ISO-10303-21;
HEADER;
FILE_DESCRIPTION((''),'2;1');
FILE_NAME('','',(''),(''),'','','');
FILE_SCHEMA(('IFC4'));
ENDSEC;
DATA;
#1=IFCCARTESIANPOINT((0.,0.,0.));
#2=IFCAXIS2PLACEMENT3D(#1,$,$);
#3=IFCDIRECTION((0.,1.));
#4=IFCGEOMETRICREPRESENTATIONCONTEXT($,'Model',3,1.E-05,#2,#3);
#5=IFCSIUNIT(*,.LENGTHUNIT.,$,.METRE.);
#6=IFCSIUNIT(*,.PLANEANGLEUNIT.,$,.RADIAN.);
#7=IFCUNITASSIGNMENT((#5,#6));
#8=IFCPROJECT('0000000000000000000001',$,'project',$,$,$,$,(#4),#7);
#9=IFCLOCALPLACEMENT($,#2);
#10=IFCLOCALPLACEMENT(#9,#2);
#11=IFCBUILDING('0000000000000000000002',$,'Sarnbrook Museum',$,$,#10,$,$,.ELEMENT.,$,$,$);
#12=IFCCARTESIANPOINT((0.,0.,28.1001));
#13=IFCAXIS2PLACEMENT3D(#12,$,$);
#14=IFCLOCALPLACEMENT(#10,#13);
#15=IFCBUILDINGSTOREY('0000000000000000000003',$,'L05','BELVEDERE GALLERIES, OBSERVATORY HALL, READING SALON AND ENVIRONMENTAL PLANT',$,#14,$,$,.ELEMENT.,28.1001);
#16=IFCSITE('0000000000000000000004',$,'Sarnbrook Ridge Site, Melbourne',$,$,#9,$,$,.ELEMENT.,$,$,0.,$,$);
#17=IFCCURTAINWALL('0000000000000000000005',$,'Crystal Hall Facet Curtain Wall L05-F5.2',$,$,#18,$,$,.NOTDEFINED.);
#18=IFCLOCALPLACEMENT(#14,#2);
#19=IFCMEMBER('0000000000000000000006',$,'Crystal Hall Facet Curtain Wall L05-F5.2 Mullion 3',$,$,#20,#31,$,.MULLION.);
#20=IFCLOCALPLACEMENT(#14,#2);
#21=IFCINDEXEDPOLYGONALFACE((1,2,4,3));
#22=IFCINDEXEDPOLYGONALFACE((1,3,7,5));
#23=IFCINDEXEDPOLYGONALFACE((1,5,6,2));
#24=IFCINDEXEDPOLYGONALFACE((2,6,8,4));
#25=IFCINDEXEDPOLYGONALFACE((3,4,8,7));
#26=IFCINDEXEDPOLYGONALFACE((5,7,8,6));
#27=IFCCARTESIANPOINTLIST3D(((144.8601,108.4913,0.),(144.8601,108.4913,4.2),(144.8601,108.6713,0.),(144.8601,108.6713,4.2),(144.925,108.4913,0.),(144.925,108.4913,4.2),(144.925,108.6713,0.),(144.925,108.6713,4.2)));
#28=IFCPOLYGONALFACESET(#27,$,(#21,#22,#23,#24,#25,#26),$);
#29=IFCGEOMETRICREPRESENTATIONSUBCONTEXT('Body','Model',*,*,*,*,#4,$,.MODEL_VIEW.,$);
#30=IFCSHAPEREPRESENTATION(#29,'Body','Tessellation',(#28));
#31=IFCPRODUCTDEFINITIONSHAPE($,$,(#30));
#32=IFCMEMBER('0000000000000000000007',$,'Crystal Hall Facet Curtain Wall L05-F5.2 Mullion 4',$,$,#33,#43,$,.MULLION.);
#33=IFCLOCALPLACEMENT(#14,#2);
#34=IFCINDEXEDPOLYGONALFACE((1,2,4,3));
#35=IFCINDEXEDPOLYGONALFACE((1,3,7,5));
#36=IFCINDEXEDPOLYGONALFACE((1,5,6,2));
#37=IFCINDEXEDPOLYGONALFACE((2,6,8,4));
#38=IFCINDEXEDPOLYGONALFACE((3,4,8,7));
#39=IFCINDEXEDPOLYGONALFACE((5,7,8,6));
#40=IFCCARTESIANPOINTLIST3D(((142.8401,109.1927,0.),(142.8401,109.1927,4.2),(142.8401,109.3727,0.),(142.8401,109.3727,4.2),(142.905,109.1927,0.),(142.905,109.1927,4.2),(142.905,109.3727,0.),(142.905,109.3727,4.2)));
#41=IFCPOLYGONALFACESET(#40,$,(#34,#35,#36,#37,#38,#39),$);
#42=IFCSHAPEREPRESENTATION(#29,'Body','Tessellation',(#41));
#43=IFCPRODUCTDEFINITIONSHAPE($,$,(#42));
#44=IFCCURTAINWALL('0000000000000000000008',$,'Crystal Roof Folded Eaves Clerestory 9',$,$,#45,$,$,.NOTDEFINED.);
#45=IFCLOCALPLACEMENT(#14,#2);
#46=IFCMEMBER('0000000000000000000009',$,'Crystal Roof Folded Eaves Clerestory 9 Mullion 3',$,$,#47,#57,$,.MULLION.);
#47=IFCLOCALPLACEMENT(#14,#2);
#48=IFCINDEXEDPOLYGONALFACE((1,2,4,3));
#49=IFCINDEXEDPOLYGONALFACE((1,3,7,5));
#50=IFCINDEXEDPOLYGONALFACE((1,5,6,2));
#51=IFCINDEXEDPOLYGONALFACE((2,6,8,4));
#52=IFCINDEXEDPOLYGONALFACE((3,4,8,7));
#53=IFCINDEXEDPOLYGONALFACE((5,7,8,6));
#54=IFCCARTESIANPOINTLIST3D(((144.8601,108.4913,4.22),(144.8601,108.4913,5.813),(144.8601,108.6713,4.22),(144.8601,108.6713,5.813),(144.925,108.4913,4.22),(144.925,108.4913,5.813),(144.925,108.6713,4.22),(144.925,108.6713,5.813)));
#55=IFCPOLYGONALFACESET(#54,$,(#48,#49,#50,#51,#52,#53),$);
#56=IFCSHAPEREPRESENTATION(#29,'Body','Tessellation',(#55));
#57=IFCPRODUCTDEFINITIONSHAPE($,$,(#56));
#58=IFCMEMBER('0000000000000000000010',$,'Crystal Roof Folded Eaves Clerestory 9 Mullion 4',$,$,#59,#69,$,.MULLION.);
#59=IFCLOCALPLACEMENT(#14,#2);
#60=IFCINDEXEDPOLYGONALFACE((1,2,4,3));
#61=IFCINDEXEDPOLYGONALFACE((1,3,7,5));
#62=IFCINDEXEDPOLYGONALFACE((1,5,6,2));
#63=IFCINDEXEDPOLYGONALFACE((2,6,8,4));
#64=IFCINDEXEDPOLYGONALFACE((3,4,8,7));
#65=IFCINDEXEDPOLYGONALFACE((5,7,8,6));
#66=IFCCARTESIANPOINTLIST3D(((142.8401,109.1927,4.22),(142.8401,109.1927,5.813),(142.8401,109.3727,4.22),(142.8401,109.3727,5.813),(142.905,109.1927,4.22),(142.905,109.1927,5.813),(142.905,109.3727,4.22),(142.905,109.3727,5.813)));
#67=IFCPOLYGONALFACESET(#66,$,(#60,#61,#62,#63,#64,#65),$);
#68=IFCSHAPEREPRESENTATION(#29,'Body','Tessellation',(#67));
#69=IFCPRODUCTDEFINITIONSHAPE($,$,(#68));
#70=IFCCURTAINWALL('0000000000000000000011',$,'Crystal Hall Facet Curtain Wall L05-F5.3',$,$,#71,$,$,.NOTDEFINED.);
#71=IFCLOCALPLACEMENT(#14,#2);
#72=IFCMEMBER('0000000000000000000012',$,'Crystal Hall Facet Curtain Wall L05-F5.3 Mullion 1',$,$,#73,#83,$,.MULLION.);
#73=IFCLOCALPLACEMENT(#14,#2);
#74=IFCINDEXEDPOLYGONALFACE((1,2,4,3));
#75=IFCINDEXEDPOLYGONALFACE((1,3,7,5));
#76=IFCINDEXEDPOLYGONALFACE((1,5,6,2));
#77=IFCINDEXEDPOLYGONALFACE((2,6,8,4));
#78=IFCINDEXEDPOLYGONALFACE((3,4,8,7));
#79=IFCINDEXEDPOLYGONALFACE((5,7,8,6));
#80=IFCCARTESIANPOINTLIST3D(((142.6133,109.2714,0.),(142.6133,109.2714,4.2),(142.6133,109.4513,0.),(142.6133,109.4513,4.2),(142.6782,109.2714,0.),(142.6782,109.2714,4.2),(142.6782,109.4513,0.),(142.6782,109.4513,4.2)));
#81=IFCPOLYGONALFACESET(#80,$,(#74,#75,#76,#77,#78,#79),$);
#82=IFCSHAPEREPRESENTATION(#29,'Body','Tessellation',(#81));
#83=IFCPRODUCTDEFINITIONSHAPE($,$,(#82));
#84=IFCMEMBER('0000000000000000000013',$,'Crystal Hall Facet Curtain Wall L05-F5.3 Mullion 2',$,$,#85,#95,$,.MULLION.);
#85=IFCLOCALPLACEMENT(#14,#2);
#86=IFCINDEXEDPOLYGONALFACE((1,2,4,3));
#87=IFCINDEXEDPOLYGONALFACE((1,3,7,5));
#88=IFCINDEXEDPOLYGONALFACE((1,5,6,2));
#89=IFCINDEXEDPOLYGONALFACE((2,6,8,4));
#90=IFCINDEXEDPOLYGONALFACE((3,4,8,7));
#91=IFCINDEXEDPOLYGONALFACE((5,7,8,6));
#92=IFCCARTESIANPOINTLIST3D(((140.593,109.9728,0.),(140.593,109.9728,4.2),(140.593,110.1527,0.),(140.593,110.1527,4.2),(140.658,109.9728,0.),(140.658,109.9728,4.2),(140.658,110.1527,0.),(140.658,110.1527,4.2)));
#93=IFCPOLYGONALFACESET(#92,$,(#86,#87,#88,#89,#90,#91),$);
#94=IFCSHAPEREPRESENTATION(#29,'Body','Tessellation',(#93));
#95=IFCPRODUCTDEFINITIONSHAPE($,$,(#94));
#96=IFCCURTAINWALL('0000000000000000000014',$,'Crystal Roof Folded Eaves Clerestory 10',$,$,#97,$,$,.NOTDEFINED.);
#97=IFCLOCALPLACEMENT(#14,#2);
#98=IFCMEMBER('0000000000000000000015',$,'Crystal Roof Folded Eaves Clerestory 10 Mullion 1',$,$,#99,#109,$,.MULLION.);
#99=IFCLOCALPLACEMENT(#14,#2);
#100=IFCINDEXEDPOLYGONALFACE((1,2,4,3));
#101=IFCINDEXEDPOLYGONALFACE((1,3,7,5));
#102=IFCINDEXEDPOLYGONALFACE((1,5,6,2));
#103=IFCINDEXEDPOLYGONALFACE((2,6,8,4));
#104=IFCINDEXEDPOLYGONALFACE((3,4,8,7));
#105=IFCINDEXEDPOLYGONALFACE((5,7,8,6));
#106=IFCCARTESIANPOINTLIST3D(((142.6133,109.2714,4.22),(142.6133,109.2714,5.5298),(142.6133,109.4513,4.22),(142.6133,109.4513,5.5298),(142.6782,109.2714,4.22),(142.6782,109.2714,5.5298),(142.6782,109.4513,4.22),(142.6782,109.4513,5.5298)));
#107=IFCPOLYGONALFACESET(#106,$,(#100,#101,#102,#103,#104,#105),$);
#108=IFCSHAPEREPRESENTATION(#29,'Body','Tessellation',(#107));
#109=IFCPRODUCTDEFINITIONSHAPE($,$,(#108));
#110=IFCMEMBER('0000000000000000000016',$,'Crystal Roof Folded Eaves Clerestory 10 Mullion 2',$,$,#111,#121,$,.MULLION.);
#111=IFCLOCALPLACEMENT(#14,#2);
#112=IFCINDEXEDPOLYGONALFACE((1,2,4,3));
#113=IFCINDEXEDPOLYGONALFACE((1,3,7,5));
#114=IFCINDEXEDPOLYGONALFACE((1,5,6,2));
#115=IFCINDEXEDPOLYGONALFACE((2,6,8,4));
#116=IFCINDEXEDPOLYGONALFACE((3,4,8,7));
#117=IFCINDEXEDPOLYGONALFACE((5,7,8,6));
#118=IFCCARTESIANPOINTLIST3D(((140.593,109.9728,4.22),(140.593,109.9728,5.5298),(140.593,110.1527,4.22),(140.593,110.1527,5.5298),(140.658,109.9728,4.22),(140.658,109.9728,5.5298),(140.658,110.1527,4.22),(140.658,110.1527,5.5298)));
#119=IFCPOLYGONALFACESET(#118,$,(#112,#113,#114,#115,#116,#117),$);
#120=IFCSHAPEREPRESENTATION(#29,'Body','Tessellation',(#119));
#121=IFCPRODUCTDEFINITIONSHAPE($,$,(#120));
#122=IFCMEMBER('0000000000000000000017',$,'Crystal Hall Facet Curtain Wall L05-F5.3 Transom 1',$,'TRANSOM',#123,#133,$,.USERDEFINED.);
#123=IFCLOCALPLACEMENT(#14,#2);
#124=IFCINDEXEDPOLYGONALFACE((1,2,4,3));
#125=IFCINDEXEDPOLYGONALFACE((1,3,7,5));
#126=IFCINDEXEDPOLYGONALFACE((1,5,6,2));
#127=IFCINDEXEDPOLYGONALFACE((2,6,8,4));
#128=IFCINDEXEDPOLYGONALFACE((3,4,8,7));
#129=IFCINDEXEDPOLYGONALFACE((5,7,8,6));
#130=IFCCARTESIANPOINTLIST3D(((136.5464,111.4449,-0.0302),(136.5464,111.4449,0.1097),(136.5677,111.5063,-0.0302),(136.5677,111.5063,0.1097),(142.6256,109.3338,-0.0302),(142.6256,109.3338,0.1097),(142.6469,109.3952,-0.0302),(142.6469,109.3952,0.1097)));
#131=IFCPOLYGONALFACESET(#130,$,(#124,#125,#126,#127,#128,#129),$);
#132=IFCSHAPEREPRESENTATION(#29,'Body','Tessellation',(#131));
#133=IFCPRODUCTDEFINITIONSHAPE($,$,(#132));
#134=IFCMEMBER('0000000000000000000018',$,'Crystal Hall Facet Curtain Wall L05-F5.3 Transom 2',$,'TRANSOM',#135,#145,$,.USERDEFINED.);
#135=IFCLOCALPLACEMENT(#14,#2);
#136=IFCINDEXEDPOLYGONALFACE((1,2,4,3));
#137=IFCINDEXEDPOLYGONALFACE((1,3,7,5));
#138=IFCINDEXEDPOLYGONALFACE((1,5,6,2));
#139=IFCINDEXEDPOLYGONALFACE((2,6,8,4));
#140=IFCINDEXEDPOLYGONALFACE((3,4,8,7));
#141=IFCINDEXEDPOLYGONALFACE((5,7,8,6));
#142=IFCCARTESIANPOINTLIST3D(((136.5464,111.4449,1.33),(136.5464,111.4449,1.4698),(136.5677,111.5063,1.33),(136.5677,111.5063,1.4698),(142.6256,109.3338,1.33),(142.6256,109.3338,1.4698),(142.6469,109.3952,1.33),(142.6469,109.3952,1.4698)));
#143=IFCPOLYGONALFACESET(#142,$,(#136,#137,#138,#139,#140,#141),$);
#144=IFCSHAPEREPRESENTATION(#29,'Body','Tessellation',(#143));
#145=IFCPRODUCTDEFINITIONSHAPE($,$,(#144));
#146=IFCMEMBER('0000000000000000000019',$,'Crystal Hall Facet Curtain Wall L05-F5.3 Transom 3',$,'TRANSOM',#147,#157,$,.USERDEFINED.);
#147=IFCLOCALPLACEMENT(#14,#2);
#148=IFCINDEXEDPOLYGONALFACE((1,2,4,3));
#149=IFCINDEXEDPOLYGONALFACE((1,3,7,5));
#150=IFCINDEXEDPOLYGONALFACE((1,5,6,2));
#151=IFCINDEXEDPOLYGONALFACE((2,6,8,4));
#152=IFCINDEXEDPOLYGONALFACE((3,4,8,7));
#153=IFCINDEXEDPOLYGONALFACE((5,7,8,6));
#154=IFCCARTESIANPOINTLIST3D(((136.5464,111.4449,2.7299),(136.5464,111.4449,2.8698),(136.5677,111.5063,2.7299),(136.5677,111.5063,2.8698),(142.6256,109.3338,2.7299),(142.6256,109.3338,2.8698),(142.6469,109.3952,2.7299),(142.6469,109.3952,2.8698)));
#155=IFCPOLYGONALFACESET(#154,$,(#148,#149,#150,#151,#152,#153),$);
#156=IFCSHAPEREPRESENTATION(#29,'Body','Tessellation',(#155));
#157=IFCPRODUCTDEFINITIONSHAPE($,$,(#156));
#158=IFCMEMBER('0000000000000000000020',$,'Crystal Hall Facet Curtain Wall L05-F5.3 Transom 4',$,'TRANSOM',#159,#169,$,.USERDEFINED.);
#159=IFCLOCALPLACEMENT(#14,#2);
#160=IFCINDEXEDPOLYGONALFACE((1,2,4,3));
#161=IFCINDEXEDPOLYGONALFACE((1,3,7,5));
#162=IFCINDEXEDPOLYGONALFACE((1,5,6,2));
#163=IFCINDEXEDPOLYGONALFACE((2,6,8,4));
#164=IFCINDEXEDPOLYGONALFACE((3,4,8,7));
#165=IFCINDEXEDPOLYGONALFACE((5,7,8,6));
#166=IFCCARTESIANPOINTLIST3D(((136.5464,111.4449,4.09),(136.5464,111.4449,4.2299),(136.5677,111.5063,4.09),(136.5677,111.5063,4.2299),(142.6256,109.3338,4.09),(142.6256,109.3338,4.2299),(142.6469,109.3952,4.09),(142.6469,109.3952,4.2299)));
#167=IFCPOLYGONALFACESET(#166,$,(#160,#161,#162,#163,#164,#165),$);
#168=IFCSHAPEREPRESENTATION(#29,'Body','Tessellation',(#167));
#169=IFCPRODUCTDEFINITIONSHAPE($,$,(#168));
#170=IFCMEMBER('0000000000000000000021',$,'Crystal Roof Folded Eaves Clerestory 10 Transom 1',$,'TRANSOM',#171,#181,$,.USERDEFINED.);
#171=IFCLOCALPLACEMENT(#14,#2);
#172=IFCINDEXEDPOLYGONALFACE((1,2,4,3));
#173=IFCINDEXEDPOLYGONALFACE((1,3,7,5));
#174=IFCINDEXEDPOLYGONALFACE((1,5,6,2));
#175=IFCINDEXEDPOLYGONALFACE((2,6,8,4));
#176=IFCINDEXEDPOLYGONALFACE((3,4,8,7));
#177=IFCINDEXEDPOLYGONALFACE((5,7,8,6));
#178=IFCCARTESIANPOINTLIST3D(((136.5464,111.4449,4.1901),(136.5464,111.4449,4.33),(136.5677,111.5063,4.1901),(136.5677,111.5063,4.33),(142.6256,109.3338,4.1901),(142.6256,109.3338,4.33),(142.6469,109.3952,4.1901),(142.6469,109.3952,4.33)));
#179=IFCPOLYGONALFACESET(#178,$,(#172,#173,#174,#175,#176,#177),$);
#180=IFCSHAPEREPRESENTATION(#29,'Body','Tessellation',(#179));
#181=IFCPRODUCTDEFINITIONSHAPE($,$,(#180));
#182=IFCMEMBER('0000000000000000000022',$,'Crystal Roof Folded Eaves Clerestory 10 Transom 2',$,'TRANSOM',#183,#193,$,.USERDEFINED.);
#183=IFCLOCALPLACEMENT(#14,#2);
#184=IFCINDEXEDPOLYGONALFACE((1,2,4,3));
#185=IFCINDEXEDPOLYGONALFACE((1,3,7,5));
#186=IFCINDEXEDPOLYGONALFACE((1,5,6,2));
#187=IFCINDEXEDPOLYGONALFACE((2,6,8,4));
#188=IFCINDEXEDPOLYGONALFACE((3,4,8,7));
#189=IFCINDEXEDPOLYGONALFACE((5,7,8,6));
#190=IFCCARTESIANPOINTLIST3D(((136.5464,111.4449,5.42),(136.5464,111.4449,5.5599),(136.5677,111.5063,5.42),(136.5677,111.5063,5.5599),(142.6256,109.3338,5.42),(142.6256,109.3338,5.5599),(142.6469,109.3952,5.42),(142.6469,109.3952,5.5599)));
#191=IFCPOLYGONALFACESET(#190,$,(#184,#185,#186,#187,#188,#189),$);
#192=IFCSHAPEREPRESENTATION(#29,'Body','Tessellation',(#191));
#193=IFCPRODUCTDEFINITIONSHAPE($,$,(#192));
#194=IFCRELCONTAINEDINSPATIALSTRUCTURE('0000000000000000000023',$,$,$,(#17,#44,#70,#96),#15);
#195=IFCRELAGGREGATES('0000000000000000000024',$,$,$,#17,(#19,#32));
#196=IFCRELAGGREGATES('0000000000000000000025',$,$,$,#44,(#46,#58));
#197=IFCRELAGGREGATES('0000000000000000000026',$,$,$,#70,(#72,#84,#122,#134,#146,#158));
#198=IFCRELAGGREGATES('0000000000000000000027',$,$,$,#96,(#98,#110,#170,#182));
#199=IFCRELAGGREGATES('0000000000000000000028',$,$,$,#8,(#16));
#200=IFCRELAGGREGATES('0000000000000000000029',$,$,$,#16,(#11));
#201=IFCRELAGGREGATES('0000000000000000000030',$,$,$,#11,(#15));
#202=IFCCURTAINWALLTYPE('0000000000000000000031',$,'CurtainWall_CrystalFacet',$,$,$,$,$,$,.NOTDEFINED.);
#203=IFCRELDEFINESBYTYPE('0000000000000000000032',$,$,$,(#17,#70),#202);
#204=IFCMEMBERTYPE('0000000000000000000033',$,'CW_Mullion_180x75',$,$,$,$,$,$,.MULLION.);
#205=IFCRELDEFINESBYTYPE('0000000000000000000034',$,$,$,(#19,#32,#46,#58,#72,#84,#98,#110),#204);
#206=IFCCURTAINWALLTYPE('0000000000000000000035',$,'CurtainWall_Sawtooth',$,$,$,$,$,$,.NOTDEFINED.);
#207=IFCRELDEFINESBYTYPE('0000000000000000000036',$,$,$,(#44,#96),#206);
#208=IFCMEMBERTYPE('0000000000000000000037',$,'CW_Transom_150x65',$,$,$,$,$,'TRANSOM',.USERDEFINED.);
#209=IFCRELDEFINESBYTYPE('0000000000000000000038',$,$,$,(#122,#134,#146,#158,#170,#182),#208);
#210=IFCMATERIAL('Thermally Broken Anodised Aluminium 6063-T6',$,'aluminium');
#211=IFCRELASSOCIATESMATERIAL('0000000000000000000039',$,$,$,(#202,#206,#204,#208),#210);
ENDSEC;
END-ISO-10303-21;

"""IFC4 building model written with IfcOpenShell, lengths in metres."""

from ifc_helpers import new_model, si_unit, direction, frame, origin, origin_2d, place, context, subcontext, project, spatial, rectangle, extrude, material, material_profile, profile_set, type_object, element, aggregate, save


model = new_model("IFC4")

# Units and contexts
model_context = context("Model", 3, precision=1e-05, world=origin(), true_north=direction((0.0, 1.0)))
body_context = subcontext(model_context, "Body", "Model", "MODEL_VIEW")
ifc_project = project(units=[si_unit("LENGTHUNIT", "METRE"), si_unit("PLANEANGLEUNIT", "RADIAN")], contexts=[model_context])

# Site, building, storey
site_placement = place(None, origin())
site = spatial("IfcSite", under=ifc_project, at=site_placement, Name="Sarnbrook Ridge Site, Melbourne", CompositionType="ELEMENT", RefElevation=0.0)
building_placement = place(site_placement, origin())
building = spatial("IfcBuilding", under=site, at=building_placement, Name="Sarnbrook Museum", CompositionType="ELEMENT")
storey_placement = place(building_placement, frame((0.0, 0.0, 28.1001)))
storey = spatial("IfcBuildingStorey", under=building, at=storey_placement, Name="L05", Description="BELVEDERE GALLERIES, OBSERVATORY HALL, READING SALON AND ENVIRONMENTAL PLANT", CompositionType="ELEMENT", Elevation=28.1001)

# Curtain walls, members
ifc_material_1 = material(Name="Thermally Broken Anodised Aluminium 6063-T6", Category="aluminium")
curtain_wall_type_1 = type_object("IfcCurtainWallType", Name="CurtainWall_CrystalFacet", PredefinedType="NOTDEFINED", material=ifc_material_1)
curtain_wall_1_placement = place(storey_placement, origin())
curtain_wall_1 = element("IfcCurtainWall", 1, at=curtain_wall_1_placement, inside=storey, type_object=curtain_wall_type_1, Name="Crystal Hall Facet Curtain Wall L05-F5.2", PredefinedType="NOTDEFINED")
ifc_material_profile_1 = material_profile(ifc_material_1, rectangle(XDim=0.0649, YDim=0.1799, at=origin_2d()), Name="ALU MULLION 65x180")
ifc_profile_set_1 = profile_set([ifc_material_profile_1], Name="Thermally Broken Anodised Aluminium 6063-T6")
member_type_1 = type_object("IfcMemberType", Name="CW_Mullion_180x75", PredefinedType="MULLION", material=ifc_profile_set_1)
member_1_placement = place(storey_placement, frame((144.8926, 108.5813, 0.0), z_axis=(0.0, 0.0, 1.0), x_axis=(1.0, 0.0, 0.0)))
member_1 = element("IfcMember", 2, at=member_1_placement, type_object=member_type_1, Name="Crystal Hall Facet Curtain Wall L05-F5.2 Mullion 3", PredefinedType="MULLION", context=body_context, shape_type="SweptSolid", body=[
    extrude(rectangle(XDim=0.0649, YDim=0.1799, at=origin_2d()), origin(), (0.0, 0.0, 1.0), 4.2),
])
member_2_placement = place(storey_placement, frame((142.8726, 109.2827, 0.0), z_axis=(0.0, 0.0, 1.0), x_axis=(1.0, 0.0, 0.0)))
member_2 = element("IfcMember", 3, at=member_2_placement, type_object=member_type_1, Name="Crystal Hall Facet Curtain Wall L05-F5.2 Mullion 4", PredefinedType="MULLION", context=body_context, shape_type="SweptSolid", body=[
    extrude(rectangle(XDim=0.0649, YDim=0.1799, at=origin_2d()), origin(), (0.0, 0.0, 1.0), 4.2),
])
curtain_wall_type_2 = type_object("IfcCurtainWallType", Name="CurtainWall_Sawtooth", PredefinedType="NOTDEFINED", material=ifc_material_1)
curtain_wall_2_placement = place(storey_placement, origin())
curtain_wall_2 = element("IfcCurtainWall", 4, at=curtain_wall_2_placement, inside=storey, type_object=curtain_wall_type_2, Name="Crystal Roof Folded Eaves Clerestory 9", PredefinedType="NOTDEFINED")
member_3_placement = place(storey_placement, frame((144.8926, 108.5813, 4.22), z_axis=(0.0, 0.0, 1.0), x_axis=(1.0, 0.0, 0.0)))
member_3 = element("IfcMember", 5, at=member_3_placement, type_object=member_type_1, Name="Crystal Roof Folded Eaves Clerestory 9 Mullion 3", PredefinedType="MULLION", context=body_context, shape_type="SweptSolid", body=[
    extrude(rectangle(XDim=0.0649, YDim=0.1799, at=origin_2d()), origin(), (0.0, 0.0, 1.0), 1.593),
])
member_4_placement = place(storey_placement, frame((142.8726, 109.2827, 4.22), z_axis=(0.0, 0.0, 1.0), x_axis=(1.0, 0.0, 0.0)))
member_4 = element("IfcMember", 6, at=member_4_placement, type_object=member_type_1, Name="Crystal Roof Folded Eaves Clerestory 9 Mullion 4", PredefinedType="MULLION", context=body_context, shape_type="SweptSolid", body=[
    extrude(rectangle(XDim=0.0649, YDim=0.1799, at=origin_2d()), origin(), (0.0, 0.0, 1.0), 1.593),
])
curtain_wall_3_placement = place(storey_placement, origin())
curtain_wall_3 = element("IfcCurtainWall", 7, at=curtain_wall_3_placement, inside=storey, type_object=curtain_wall_type_1, Name="Crystal Hall Facet Curtain Wall L05-F5.3", PredefinedType="NOTDEFINED")
member_5_placement = place(storey_placement, frame((142.6458, 109.3613, 0.0), z_axis=(0.0, 0.0, 1.0), x_axis=(1.0, 0.0, 0.0)))
member_5 = element("IfcMember", 8, at=member_5_placement, type_object=member_type_1, Name="Crystal Hall Facet Curtain Wall L05-F5.3 Mullion 1", PredefinedType="MULLION", context=body_context, shape_type="SweptSolid", body=[
    extrude(rectangle(XDim=0.0649, YDim=0.1799, at=origin_2d()), origin(), (0.0, 0.0, 1.0), 4.2),
])
member_6_placement = place(storey_placement, frame((140.6255, 110.0627, 0.0), z_axis=(0.0, 0.0, 1.0), x_axis=(1.0, 0.0, 0.0)))
member_6 = element("IfcMember", 9, at=member_6_placement, type_object=member_type_1, Name="Crystal Hall Facet Curtain Wall L05-F5.3 Mullion 2", PredefinedType="MULLION", context=body_context, shape_type="SweptSolid", body=[
    extrude(rectangle(XDim=0.0649, YDim=0.1799, at=origin_2d()), origin(), (0.0, 0.0, 1.0), 4.2),
])
curtain_wall_4_placement = place(storey_placement, origin())
curtain_wall_4 = element("IfcCurtainWall", 10, at=curtain_wall_4_placement, inside=storey, type_object=curtain_wall_type_2, Name="Crystal Roof Folded Eaves Clerestory 10", PredefinedType="NOTDEFINED")
member_7_placement = place(storey_placement, frame((142.6458, 109.3613, 4.22), z_axis=(0.0, 0.0, 1.0), x_axis=(1.0, 0.0, 0.0)))
member_7 = element("IfcMember", 11, at=member_7_placement, type_object=member_type_1, Name="Crystal Roof Folded Eaves Clerestory 10 Mullion 1", PredefinedType="MULLION", context=body_context, shape_type="SweptSolid", body=[
    extrude(rectangle(XDim=0.0649, YDim=0.1799, at=origin_2d()), origin(), (0.0, 0.0, 1.0), 1.3098),
])
member_8_placement = place(storey_placement, frame((140.6255, 110.0627, 4.22), z_axis=(0.0, 0.0, 1.0), x_axis=(1.0, 0.0, 0.0)))
member_8 = element("IfcMember", 12, at=member_8_placement, type_object=member_type_1, Name="Crystal Roof Folded Eaves Clerestory 10 Mullion 2", PredefinedType="MULLION", context=body_context, shape_type="SweptSolid", body=[
    extrude(rectangle(XDim=0.0649, YDim=0.1799, at=origin_2d()), origin(), (0.0, 0.0, 1.0), 1.3098),
])

# Members
ifc_material_profile_2 = material_profile(ifc_material_1, rectangle(XDim=0.0649, YDim=0.1399, at=origin_2d()), Name="ALU TRANSOM 65x140")
ifc_profile_set_2 = profile_set([ifc_material_profile_2], Name="Thermally Broken Anodised Aluminium 6063-T6")
member_type_2 = type_object("IfcMemberType", Name="CW_Transom_150x65", ElementType="TRANSOM", PredefinedType="USERDEFINED", material=ifc_profile_set_2)
member_9_placement = place(storey_placement, frame((142.6362, 109.3645, 0.0398), z_axis=(-0.94466, 0.328051, 0.0), x_axis=(-0.328051, -0.94466, 0.0)))
member_9 = element("IfcMember", 13, at=member_9_placement, type_object=member_type_2, Name="Crystal Hall Facet Curtain Wall L05-F5.3 Transom 1", ObjectType="TRANSOM", PredefinedType="USERDEFINED", context=body_context, shape_type="SweptSolid", body=[
    extrude(rectangle(XDim=0.0649, YDim=0.1399, at=origin_2d()), origin(), (0.0, 0.0, 1.0), 6.4353),
])
member_10_placement = place(storey_placement, frame((142.6362, 109.3645, 1.3999), z_axis=(-0.94466, 0.328051, 0.0), x_axis=(-0.328051, -0.94466, 0.0)))
member_10 = element("IfcMember", 14, at=member_10_placement, type_object=member_type_2, Name="Crystal Hall Facet Curtain Wall L05-F5.3 Transom 2", ObjectType="TRANSOM", PredefinedType="USERDEFINED", context=body_context, shape_type="SweptSolid", body=[
    extrude(rectangle(XDim=0.0649, YDim=0.1399, at=origin_2d()), origin(), (0.0, 0.0, 1.0), 6.4353),
])
member_11_placement = place(storey_placement, frame((142.6362, 109.3645, 2.7998), z_axis=(-0.94466, 0.328051, 0.0), x_axis=(-0.328051, -0.94466, 0.0)))
member_11 = element("IfcMember", 15, at=member_11_placement, type_object=member_type_2, Name="Crystal Hall Facet Curtain Wall L05-F5.3 Transom 3", ObjectType="TRANSOM", PredefinedType="USERDEFINED", context=body_context, shape_type="SweptSolid", body=[
    extrude(rectangle(XDim=0.0649, YDim=0.1399, at=origin_2d()), origin(), (0.0, 0.0, 1.0), 6.4353),
])
member_12_placement = place(storey_placement, frame((142.6362, 109.3645, 4.1599), z_axis=(-0.94466, 0.328051, 0.0), x_axis=(-0.328051, -0.94466, 0.0)))
member_12 = element("IfcMember", 16, at=member_12_placement, type_object=member_type_2, Name="Crystal Hall Facet Curtain Wall L05-F5.3 Transom 4", ObjectType="TRANSOM", PredefinedType="USERDEFINED", context=body_context, shape_type="SweptSolid", body=[
    extrude(rectangle(XDim=0.0649, YDim=0.1399, at=origin_2d()), origin(), (0.0, 0.0, 1.0), 6.4353),
])
member_13_placement = place(storey_placement, frame((142.6362, 109.3645, 4.26), z_axis=(-0.94466, 0.328051, 0.0), x_axis=(-0.328051, -0.94466, 0.0)))
member_13 = element("IfcMember", 17, at=member_13_placement, type_object=member_type_2, Name="Crystal Roof Folded Eaves Clerestory 10 Transom 1", ObjectType="TRANSOM", PredefinedType="USERDEFINED", context=body_context, shape_type="SweptSolid", body=[
    extrude(rectangle(XDim=0.0649, YDim=0.1399, at=origin_2d()), origin(), (0.0, 0.0, 1.0), 6.4353),
])
member_14_placement = place(storey_placement, frame((142.6362, 109.3645, 5.49), z_axis=(-0.94466, 0.328051, 0.0), x_axis=(-0.328051, -0.94466, 0.0)))
member_14 = element("IfcMember", 18, at=member_14_placement, type_object=member_type_2, Name="Crystal Roof Folded Eaves Clerestory 10 Transom 2", ObjectType="TRANSOM", PredefinedType="USERDEFINED", context=body_context, shape_type="SweptSolid", body=[
    extrude(rectangle(XDim=0.0649, YDim=0.1399, at=origin_2d()), origin(), (0.0, 0.0, 1.0), 6.4353),
])

aggregate(curtain_wall_1, [member_1, member_2])
aggregate(curtain_wall_2, [member_3, member_4])
aggregate(curtain_wall_3, [member_5, member_6, member_9, member_10, member_11, member_12])
aggregate(curtain_wall_4, [member_7, member_8, member_13, member_14])

save(model, "model.ifc")
